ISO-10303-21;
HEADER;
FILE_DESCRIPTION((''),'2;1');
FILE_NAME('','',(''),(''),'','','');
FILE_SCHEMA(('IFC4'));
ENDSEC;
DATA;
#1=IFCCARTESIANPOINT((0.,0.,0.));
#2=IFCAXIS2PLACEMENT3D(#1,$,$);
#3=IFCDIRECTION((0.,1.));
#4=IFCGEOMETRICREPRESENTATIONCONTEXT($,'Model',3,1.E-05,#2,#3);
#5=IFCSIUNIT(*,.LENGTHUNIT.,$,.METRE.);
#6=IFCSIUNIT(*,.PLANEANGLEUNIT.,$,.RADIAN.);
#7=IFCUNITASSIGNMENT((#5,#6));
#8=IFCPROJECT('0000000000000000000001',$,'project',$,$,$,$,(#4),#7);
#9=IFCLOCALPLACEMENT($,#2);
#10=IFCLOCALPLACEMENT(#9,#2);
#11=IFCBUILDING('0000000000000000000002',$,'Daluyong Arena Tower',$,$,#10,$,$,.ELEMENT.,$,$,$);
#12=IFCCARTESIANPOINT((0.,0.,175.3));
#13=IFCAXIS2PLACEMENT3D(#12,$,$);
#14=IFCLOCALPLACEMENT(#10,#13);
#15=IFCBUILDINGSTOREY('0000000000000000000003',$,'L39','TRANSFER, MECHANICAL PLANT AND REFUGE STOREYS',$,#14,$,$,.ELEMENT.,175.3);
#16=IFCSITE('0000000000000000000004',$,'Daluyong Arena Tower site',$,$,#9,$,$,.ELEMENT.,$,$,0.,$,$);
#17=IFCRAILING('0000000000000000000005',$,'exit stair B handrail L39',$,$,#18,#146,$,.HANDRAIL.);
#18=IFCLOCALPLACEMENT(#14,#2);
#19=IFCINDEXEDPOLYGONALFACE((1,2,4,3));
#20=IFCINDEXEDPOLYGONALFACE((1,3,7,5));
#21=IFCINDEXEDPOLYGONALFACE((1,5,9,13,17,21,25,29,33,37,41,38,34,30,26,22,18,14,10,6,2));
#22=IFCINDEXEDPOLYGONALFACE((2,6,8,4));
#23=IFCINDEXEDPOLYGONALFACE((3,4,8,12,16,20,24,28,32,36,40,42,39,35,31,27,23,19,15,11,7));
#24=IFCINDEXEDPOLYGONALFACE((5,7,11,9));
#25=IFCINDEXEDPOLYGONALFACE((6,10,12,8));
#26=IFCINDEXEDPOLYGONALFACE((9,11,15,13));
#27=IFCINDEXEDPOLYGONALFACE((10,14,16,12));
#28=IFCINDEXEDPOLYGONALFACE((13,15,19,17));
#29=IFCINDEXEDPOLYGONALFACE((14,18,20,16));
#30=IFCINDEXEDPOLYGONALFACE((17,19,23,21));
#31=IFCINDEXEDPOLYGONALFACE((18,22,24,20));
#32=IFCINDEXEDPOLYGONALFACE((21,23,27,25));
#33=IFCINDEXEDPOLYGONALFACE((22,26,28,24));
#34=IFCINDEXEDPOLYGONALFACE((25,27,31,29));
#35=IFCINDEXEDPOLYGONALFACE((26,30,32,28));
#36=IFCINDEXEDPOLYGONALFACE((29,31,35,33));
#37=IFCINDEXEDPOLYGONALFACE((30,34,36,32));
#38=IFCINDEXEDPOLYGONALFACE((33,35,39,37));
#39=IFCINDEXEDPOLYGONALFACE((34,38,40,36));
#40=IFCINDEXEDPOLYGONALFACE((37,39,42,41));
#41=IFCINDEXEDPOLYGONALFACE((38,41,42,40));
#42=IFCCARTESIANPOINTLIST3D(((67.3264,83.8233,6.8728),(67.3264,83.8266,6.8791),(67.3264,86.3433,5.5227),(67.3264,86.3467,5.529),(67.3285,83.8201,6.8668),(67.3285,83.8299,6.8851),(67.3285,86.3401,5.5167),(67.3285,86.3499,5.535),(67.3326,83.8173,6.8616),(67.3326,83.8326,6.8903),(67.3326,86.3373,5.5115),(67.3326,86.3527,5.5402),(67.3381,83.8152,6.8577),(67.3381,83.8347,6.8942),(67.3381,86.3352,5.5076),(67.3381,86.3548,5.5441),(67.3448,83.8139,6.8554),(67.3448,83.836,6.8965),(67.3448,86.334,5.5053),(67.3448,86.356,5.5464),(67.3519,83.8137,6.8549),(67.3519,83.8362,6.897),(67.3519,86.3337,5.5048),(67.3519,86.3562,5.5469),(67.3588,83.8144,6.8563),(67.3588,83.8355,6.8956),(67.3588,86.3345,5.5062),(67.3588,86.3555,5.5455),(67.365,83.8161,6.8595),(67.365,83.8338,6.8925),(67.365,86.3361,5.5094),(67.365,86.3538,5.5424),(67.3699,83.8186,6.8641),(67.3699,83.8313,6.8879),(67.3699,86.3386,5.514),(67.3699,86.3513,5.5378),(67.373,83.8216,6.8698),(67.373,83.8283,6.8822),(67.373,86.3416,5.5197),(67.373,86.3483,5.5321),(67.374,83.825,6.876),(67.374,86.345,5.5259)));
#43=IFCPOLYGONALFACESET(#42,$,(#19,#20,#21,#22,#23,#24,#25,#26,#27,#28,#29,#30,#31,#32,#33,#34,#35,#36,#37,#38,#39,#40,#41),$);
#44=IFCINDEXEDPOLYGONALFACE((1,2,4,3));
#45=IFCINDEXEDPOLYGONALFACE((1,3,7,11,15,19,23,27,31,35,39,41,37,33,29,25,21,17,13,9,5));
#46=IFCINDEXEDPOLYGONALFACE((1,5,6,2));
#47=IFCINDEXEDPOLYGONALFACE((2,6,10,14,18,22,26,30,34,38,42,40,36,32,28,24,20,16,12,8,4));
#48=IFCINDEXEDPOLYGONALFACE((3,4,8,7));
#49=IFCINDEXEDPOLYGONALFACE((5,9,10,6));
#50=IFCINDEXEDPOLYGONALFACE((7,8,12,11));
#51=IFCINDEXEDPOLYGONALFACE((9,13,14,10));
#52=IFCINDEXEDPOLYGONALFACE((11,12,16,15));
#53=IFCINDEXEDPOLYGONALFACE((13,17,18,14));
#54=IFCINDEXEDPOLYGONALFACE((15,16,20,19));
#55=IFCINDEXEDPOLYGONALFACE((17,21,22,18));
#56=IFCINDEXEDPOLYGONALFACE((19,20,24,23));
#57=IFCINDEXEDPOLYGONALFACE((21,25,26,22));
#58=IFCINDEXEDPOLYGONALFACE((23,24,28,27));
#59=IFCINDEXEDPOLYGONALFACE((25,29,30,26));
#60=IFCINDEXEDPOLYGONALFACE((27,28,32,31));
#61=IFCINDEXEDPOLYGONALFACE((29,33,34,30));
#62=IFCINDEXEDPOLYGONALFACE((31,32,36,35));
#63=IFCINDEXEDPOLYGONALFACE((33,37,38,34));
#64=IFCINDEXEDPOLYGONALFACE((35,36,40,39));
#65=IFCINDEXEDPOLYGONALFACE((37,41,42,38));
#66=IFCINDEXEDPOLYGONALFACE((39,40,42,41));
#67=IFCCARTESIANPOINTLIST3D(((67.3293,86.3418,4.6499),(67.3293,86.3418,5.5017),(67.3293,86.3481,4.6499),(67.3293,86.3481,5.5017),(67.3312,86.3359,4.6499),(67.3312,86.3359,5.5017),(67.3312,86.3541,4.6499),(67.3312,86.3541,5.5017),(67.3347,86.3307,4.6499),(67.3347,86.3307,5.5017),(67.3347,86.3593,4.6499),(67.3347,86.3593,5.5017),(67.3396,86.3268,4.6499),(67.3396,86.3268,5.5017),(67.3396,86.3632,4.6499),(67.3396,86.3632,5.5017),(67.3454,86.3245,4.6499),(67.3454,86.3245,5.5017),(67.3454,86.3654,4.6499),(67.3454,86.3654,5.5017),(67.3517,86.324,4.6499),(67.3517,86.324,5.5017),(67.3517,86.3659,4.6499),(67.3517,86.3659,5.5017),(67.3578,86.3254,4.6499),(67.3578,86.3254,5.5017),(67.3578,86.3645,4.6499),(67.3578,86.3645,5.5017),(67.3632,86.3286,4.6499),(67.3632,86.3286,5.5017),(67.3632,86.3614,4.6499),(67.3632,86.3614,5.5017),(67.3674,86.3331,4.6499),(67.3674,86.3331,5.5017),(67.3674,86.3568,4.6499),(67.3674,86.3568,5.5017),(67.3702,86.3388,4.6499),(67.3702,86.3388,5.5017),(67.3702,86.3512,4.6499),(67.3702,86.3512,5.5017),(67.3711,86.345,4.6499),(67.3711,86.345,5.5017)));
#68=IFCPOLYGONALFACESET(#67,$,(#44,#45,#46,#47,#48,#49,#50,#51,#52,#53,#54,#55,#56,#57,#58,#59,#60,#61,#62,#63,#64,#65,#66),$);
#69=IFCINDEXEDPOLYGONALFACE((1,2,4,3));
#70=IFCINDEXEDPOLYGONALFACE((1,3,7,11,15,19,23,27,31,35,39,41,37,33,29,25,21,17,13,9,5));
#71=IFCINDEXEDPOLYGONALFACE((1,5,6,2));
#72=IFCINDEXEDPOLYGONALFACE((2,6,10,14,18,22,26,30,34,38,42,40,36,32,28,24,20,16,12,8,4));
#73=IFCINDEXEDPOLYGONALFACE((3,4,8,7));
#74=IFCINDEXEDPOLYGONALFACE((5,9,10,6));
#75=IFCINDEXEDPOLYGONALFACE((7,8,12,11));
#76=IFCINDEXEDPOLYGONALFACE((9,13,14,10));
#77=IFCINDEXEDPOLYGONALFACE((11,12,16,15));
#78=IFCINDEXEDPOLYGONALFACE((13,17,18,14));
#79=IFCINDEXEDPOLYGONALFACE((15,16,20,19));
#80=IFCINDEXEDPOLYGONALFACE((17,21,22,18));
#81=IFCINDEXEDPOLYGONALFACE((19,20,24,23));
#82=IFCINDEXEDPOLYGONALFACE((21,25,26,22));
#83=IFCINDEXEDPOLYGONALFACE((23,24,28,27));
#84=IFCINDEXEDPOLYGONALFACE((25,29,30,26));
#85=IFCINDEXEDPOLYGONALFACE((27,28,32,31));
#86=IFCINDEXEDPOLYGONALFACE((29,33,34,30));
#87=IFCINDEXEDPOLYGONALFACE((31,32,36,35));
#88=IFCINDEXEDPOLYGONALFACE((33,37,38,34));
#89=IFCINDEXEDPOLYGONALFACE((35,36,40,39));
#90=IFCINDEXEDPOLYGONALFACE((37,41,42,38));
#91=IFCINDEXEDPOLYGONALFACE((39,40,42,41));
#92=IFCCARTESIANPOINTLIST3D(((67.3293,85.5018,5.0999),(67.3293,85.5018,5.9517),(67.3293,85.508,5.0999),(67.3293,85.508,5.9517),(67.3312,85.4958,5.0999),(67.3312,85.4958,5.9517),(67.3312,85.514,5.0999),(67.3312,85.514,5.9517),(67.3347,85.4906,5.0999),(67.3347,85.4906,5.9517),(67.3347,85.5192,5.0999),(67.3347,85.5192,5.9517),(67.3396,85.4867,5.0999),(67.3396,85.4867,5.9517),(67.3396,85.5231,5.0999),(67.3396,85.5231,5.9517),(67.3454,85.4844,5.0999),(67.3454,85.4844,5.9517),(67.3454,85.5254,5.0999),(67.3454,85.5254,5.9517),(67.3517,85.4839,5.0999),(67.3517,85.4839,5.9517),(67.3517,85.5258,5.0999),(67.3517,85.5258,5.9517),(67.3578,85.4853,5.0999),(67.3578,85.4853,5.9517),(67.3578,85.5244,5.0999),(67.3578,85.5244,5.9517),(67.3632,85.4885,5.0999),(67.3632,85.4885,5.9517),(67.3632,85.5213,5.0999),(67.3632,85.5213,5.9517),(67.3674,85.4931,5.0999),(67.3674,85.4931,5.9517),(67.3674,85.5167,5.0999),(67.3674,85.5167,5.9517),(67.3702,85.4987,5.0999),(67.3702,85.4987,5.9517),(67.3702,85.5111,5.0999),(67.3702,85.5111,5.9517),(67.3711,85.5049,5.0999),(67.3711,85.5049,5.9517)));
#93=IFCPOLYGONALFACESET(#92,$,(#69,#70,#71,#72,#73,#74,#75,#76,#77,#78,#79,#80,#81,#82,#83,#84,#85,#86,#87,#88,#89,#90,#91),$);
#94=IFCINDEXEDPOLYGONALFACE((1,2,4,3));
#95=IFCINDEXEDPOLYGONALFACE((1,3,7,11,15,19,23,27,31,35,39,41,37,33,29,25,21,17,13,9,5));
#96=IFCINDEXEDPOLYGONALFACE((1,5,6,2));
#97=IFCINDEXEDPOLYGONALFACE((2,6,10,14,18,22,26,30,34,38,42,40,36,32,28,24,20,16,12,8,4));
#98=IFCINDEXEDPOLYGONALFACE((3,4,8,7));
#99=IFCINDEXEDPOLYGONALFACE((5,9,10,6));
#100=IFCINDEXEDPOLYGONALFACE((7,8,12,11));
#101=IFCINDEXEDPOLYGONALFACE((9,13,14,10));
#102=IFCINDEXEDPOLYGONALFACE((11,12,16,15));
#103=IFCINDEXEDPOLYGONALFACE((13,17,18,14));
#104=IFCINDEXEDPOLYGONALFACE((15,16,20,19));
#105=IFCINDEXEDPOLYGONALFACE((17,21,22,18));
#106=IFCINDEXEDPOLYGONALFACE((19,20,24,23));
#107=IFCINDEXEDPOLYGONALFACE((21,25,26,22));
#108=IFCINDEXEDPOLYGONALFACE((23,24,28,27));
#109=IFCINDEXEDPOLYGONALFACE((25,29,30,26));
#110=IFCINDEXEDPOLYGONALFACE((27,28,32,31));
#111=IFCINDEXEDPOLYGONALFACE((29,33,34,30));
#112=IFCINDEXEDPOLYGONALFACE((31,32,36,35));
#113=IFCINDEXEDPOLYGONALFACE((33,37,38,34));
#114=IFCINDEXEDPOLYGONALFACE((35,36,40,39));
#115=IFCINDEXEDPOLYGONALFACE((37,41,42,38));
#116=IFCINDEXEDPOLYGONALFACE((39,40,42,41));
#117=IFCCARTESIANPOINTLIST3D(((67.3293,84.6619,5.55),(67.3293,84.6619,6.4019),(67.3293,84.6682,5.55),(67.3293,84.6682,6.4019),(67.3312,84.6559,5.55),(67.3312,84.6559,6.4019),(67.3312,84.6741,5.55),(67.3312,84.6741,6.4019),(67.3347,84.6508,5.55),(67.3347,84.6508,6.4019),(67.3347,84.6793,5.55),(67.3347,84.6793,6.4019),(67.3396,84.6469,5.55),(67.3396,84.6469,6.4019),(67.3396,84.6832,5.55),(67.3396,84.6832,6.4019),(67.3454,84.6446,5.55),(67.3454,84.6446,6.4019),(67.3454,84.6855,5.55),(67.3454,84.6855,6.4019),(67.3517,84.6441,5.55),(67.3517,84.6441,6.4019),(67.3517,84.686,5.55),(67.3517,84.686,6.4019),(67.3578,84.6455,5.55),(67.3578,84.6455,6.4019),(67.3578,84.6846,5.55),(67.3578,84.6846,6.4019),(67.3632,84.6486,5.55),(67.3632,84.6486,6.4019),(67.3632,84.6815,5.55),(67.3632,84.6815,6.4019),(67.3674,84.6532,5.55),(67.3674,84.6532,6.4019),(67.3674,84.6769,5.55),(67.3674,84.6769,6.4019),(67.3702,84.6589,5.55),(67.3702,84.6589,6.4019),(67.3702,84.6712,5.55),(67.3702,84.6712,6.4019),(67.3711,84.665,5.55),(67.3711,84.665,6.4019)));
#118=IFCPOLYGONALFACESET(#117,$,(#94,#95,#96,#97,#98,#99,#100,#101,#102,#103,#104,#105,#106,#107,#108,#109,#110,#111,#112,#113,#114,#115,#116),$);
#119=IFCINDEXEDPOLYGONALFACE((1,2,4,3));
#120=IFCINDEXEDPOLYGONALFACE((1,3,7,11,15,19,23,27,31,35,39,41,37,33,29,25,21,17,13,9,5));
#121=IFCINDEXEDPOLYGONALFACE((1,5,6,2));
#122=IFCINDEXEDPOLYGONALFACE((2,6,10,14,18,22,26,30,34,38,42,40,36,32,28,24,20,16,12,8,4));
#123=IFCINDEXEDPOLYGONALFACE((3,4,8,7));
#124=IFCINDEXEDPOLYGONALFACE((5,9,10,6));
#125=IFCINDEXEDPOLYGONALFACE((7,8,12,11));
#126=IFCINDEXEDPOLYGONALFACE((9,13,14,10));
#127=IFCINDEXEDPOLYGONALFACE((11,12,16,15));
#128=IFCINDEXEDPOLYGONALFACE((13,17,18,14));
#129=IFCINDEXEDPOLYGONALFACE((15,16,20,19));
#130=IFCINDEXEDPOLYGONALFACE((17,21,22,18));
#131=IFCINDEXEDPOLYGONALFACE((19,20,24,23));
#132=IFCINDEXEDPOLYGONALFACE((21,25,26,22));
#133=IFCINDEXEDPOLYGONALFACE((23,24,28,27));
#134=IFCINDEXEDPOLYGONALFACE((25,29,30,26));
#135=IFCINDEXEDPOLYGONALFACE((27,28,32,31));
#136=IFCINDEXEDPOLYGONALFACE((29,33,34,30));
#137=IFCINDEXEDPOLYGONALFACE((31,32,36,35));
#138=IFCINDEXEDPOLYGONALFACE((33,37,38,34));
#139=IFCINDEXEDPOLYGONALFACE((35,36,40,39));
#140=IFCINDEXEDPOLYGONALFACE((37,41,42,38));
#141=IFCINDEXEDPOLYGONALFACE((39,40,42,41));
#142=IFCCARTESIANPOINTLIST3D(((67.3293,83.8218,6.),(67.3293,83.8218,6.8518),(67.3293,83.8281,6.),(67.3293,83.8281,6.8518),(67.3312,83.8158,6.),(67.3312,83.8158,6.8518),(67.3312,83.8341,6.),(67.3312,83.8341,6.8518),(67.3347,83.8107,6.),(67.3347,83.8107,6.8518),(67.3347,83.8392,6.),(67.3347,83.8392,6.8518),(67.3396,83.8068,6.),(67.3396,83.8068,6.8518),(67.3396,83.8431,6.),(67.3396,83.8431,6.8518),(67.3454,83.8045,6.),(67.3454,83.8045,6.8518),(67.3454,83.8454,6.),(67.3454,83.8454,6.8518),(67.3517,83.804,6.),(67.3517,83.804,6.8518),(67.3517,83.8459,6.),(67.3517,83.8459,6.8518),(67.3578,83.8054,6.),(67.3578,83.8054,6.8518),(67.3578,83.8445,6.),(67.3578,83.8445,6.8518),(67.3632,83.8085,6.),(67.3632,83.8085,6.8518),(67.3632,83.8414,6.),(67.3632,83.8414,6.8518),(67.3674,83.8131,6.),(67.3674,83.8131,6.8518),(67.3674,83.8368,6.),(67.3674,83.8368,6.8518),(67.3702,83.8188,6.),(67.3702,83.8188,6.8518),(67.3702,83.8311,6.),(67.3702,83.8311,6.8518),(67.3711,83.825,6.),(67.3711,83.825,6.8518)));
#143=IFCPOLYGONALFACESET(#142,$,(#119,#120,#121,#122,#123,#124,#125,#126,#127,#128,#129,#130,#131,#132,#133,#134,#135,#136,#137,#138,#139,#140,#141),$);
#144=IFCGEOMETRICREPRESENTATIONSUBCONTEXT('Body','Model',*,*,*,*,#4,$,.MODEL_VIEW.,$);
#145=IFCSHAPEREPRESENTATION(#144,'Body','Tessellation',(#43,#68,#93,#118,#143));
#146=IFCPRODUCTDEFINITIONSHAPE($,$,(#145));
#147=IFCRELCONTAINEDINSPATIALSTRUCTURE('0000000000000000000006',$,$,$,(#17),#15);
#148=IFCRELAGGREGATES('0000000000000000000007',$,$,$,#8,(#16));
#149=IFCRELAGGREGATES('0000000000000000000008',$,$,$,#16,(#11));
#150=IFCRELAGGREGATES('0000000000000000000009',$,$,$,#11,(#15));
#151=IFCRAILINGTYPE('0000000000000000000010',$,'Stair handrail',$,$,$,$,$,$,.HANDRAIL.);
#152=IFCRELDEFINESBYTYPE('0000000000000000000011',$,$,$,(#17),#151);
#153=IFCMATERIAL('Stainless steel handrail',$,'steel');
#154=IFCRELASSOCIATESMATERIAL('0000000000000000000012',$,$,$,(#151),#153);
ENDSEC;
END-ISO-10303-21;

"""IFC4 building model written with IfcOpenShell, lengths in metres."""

from ifc_helpers import new_model, si_unit, direction, frame, origin, origin_2d, place, context, subcontext, project, spatial, circle, extrude, material, type_object, element, save


model = new_model("IFC4")

# Units and contexts
model_context = context("Model", 3, precision=1e-05, world=origin(), true_north=direction((0.0, 1.0)))
body_context = subcontext(model_context, "Body", "Model", "MODEL_VIEW")
ifc_project = project(units=[si_unit("LENGTHUNIT", "METRE"), si_unit("PLANEANGLEUNIT", "RADIAN")], contexts=[model_context])

# Site, building, storey
site_placement = place(None, origin())
site = spatial("IfcSite", under=ifc_project, at=site_placement, Name="Daluyong Arena Tower site", CompositionType="ELEMENT", RefElevation=0.0)
building_placement = place(site_placement, origin())
building = spatial("IfcBuilding", under=site, at=building_placement, Name="Daluyong Arena Tower", CompositionType="ELEMENT")
storey_placement = place(building_placement, frame((0.0, 0.0, 175.3)))
storey = spatial("IfcBuildingStorey", under=building, at=storey_placement, Name="L39", Description="TRANSFER, MECHANICAL PLANT AND REFUGE STOREYS", CompositionType="ELEMENT", Elevation=175.3)

# Railing
ifc_material_1 = material(Name="Stainless steel handrail", Category="steel")
railing_type_1 = type_object("IfcRailingType", Name="Stair handrail", PredefinedType="HANDRAIL", material=ifc_material_1)
for number, where, name in (
    (1, (67.3501, 86.345, 4.6499), "exit stair B handrail L39"),
):
    element("IfcRailing", number, at=place(storey_placement, frame(where)), inside=storey, type_object=railing_type_1, Name=name, PredefinedType="HANDRAIL", context=body_context, shape_type="SweptSolid", body=[
        extrude(circle(Radius=0.0239, at=origin_2d()), frame((0.0, 0.0, 0.876), z_axis=(0.0, -0.881467, 0.472245), x_axis=(1.0, 0.0, 0.0)), (0.0, 0.0, 1.0), 2.8589),
        extrude(circle(Radius=0.021, at=origin_2d()), origin(), (0.0, 0.0, 1.0), 0.8518),
        extrude(circle(Radius=0.021, at=origin_2d()), frame((0.0, -0.8401, 0.45)), (0.0, 0.0, 1.0), 0.8518),
        extrude(circle(Radius=0.021, at=origin_2d()), frame((0.0, -1.6799, 0.9001)), (0.0, 0.0, 1.0), 0.8518),
        extrude(circle(Radius=0.021, at=origin_2d()), frame((0.0, -2.52, 1.3501)), (0.0, 0.0, 1.0), 0.8518),
    ])

save(model, "model.ifc")
